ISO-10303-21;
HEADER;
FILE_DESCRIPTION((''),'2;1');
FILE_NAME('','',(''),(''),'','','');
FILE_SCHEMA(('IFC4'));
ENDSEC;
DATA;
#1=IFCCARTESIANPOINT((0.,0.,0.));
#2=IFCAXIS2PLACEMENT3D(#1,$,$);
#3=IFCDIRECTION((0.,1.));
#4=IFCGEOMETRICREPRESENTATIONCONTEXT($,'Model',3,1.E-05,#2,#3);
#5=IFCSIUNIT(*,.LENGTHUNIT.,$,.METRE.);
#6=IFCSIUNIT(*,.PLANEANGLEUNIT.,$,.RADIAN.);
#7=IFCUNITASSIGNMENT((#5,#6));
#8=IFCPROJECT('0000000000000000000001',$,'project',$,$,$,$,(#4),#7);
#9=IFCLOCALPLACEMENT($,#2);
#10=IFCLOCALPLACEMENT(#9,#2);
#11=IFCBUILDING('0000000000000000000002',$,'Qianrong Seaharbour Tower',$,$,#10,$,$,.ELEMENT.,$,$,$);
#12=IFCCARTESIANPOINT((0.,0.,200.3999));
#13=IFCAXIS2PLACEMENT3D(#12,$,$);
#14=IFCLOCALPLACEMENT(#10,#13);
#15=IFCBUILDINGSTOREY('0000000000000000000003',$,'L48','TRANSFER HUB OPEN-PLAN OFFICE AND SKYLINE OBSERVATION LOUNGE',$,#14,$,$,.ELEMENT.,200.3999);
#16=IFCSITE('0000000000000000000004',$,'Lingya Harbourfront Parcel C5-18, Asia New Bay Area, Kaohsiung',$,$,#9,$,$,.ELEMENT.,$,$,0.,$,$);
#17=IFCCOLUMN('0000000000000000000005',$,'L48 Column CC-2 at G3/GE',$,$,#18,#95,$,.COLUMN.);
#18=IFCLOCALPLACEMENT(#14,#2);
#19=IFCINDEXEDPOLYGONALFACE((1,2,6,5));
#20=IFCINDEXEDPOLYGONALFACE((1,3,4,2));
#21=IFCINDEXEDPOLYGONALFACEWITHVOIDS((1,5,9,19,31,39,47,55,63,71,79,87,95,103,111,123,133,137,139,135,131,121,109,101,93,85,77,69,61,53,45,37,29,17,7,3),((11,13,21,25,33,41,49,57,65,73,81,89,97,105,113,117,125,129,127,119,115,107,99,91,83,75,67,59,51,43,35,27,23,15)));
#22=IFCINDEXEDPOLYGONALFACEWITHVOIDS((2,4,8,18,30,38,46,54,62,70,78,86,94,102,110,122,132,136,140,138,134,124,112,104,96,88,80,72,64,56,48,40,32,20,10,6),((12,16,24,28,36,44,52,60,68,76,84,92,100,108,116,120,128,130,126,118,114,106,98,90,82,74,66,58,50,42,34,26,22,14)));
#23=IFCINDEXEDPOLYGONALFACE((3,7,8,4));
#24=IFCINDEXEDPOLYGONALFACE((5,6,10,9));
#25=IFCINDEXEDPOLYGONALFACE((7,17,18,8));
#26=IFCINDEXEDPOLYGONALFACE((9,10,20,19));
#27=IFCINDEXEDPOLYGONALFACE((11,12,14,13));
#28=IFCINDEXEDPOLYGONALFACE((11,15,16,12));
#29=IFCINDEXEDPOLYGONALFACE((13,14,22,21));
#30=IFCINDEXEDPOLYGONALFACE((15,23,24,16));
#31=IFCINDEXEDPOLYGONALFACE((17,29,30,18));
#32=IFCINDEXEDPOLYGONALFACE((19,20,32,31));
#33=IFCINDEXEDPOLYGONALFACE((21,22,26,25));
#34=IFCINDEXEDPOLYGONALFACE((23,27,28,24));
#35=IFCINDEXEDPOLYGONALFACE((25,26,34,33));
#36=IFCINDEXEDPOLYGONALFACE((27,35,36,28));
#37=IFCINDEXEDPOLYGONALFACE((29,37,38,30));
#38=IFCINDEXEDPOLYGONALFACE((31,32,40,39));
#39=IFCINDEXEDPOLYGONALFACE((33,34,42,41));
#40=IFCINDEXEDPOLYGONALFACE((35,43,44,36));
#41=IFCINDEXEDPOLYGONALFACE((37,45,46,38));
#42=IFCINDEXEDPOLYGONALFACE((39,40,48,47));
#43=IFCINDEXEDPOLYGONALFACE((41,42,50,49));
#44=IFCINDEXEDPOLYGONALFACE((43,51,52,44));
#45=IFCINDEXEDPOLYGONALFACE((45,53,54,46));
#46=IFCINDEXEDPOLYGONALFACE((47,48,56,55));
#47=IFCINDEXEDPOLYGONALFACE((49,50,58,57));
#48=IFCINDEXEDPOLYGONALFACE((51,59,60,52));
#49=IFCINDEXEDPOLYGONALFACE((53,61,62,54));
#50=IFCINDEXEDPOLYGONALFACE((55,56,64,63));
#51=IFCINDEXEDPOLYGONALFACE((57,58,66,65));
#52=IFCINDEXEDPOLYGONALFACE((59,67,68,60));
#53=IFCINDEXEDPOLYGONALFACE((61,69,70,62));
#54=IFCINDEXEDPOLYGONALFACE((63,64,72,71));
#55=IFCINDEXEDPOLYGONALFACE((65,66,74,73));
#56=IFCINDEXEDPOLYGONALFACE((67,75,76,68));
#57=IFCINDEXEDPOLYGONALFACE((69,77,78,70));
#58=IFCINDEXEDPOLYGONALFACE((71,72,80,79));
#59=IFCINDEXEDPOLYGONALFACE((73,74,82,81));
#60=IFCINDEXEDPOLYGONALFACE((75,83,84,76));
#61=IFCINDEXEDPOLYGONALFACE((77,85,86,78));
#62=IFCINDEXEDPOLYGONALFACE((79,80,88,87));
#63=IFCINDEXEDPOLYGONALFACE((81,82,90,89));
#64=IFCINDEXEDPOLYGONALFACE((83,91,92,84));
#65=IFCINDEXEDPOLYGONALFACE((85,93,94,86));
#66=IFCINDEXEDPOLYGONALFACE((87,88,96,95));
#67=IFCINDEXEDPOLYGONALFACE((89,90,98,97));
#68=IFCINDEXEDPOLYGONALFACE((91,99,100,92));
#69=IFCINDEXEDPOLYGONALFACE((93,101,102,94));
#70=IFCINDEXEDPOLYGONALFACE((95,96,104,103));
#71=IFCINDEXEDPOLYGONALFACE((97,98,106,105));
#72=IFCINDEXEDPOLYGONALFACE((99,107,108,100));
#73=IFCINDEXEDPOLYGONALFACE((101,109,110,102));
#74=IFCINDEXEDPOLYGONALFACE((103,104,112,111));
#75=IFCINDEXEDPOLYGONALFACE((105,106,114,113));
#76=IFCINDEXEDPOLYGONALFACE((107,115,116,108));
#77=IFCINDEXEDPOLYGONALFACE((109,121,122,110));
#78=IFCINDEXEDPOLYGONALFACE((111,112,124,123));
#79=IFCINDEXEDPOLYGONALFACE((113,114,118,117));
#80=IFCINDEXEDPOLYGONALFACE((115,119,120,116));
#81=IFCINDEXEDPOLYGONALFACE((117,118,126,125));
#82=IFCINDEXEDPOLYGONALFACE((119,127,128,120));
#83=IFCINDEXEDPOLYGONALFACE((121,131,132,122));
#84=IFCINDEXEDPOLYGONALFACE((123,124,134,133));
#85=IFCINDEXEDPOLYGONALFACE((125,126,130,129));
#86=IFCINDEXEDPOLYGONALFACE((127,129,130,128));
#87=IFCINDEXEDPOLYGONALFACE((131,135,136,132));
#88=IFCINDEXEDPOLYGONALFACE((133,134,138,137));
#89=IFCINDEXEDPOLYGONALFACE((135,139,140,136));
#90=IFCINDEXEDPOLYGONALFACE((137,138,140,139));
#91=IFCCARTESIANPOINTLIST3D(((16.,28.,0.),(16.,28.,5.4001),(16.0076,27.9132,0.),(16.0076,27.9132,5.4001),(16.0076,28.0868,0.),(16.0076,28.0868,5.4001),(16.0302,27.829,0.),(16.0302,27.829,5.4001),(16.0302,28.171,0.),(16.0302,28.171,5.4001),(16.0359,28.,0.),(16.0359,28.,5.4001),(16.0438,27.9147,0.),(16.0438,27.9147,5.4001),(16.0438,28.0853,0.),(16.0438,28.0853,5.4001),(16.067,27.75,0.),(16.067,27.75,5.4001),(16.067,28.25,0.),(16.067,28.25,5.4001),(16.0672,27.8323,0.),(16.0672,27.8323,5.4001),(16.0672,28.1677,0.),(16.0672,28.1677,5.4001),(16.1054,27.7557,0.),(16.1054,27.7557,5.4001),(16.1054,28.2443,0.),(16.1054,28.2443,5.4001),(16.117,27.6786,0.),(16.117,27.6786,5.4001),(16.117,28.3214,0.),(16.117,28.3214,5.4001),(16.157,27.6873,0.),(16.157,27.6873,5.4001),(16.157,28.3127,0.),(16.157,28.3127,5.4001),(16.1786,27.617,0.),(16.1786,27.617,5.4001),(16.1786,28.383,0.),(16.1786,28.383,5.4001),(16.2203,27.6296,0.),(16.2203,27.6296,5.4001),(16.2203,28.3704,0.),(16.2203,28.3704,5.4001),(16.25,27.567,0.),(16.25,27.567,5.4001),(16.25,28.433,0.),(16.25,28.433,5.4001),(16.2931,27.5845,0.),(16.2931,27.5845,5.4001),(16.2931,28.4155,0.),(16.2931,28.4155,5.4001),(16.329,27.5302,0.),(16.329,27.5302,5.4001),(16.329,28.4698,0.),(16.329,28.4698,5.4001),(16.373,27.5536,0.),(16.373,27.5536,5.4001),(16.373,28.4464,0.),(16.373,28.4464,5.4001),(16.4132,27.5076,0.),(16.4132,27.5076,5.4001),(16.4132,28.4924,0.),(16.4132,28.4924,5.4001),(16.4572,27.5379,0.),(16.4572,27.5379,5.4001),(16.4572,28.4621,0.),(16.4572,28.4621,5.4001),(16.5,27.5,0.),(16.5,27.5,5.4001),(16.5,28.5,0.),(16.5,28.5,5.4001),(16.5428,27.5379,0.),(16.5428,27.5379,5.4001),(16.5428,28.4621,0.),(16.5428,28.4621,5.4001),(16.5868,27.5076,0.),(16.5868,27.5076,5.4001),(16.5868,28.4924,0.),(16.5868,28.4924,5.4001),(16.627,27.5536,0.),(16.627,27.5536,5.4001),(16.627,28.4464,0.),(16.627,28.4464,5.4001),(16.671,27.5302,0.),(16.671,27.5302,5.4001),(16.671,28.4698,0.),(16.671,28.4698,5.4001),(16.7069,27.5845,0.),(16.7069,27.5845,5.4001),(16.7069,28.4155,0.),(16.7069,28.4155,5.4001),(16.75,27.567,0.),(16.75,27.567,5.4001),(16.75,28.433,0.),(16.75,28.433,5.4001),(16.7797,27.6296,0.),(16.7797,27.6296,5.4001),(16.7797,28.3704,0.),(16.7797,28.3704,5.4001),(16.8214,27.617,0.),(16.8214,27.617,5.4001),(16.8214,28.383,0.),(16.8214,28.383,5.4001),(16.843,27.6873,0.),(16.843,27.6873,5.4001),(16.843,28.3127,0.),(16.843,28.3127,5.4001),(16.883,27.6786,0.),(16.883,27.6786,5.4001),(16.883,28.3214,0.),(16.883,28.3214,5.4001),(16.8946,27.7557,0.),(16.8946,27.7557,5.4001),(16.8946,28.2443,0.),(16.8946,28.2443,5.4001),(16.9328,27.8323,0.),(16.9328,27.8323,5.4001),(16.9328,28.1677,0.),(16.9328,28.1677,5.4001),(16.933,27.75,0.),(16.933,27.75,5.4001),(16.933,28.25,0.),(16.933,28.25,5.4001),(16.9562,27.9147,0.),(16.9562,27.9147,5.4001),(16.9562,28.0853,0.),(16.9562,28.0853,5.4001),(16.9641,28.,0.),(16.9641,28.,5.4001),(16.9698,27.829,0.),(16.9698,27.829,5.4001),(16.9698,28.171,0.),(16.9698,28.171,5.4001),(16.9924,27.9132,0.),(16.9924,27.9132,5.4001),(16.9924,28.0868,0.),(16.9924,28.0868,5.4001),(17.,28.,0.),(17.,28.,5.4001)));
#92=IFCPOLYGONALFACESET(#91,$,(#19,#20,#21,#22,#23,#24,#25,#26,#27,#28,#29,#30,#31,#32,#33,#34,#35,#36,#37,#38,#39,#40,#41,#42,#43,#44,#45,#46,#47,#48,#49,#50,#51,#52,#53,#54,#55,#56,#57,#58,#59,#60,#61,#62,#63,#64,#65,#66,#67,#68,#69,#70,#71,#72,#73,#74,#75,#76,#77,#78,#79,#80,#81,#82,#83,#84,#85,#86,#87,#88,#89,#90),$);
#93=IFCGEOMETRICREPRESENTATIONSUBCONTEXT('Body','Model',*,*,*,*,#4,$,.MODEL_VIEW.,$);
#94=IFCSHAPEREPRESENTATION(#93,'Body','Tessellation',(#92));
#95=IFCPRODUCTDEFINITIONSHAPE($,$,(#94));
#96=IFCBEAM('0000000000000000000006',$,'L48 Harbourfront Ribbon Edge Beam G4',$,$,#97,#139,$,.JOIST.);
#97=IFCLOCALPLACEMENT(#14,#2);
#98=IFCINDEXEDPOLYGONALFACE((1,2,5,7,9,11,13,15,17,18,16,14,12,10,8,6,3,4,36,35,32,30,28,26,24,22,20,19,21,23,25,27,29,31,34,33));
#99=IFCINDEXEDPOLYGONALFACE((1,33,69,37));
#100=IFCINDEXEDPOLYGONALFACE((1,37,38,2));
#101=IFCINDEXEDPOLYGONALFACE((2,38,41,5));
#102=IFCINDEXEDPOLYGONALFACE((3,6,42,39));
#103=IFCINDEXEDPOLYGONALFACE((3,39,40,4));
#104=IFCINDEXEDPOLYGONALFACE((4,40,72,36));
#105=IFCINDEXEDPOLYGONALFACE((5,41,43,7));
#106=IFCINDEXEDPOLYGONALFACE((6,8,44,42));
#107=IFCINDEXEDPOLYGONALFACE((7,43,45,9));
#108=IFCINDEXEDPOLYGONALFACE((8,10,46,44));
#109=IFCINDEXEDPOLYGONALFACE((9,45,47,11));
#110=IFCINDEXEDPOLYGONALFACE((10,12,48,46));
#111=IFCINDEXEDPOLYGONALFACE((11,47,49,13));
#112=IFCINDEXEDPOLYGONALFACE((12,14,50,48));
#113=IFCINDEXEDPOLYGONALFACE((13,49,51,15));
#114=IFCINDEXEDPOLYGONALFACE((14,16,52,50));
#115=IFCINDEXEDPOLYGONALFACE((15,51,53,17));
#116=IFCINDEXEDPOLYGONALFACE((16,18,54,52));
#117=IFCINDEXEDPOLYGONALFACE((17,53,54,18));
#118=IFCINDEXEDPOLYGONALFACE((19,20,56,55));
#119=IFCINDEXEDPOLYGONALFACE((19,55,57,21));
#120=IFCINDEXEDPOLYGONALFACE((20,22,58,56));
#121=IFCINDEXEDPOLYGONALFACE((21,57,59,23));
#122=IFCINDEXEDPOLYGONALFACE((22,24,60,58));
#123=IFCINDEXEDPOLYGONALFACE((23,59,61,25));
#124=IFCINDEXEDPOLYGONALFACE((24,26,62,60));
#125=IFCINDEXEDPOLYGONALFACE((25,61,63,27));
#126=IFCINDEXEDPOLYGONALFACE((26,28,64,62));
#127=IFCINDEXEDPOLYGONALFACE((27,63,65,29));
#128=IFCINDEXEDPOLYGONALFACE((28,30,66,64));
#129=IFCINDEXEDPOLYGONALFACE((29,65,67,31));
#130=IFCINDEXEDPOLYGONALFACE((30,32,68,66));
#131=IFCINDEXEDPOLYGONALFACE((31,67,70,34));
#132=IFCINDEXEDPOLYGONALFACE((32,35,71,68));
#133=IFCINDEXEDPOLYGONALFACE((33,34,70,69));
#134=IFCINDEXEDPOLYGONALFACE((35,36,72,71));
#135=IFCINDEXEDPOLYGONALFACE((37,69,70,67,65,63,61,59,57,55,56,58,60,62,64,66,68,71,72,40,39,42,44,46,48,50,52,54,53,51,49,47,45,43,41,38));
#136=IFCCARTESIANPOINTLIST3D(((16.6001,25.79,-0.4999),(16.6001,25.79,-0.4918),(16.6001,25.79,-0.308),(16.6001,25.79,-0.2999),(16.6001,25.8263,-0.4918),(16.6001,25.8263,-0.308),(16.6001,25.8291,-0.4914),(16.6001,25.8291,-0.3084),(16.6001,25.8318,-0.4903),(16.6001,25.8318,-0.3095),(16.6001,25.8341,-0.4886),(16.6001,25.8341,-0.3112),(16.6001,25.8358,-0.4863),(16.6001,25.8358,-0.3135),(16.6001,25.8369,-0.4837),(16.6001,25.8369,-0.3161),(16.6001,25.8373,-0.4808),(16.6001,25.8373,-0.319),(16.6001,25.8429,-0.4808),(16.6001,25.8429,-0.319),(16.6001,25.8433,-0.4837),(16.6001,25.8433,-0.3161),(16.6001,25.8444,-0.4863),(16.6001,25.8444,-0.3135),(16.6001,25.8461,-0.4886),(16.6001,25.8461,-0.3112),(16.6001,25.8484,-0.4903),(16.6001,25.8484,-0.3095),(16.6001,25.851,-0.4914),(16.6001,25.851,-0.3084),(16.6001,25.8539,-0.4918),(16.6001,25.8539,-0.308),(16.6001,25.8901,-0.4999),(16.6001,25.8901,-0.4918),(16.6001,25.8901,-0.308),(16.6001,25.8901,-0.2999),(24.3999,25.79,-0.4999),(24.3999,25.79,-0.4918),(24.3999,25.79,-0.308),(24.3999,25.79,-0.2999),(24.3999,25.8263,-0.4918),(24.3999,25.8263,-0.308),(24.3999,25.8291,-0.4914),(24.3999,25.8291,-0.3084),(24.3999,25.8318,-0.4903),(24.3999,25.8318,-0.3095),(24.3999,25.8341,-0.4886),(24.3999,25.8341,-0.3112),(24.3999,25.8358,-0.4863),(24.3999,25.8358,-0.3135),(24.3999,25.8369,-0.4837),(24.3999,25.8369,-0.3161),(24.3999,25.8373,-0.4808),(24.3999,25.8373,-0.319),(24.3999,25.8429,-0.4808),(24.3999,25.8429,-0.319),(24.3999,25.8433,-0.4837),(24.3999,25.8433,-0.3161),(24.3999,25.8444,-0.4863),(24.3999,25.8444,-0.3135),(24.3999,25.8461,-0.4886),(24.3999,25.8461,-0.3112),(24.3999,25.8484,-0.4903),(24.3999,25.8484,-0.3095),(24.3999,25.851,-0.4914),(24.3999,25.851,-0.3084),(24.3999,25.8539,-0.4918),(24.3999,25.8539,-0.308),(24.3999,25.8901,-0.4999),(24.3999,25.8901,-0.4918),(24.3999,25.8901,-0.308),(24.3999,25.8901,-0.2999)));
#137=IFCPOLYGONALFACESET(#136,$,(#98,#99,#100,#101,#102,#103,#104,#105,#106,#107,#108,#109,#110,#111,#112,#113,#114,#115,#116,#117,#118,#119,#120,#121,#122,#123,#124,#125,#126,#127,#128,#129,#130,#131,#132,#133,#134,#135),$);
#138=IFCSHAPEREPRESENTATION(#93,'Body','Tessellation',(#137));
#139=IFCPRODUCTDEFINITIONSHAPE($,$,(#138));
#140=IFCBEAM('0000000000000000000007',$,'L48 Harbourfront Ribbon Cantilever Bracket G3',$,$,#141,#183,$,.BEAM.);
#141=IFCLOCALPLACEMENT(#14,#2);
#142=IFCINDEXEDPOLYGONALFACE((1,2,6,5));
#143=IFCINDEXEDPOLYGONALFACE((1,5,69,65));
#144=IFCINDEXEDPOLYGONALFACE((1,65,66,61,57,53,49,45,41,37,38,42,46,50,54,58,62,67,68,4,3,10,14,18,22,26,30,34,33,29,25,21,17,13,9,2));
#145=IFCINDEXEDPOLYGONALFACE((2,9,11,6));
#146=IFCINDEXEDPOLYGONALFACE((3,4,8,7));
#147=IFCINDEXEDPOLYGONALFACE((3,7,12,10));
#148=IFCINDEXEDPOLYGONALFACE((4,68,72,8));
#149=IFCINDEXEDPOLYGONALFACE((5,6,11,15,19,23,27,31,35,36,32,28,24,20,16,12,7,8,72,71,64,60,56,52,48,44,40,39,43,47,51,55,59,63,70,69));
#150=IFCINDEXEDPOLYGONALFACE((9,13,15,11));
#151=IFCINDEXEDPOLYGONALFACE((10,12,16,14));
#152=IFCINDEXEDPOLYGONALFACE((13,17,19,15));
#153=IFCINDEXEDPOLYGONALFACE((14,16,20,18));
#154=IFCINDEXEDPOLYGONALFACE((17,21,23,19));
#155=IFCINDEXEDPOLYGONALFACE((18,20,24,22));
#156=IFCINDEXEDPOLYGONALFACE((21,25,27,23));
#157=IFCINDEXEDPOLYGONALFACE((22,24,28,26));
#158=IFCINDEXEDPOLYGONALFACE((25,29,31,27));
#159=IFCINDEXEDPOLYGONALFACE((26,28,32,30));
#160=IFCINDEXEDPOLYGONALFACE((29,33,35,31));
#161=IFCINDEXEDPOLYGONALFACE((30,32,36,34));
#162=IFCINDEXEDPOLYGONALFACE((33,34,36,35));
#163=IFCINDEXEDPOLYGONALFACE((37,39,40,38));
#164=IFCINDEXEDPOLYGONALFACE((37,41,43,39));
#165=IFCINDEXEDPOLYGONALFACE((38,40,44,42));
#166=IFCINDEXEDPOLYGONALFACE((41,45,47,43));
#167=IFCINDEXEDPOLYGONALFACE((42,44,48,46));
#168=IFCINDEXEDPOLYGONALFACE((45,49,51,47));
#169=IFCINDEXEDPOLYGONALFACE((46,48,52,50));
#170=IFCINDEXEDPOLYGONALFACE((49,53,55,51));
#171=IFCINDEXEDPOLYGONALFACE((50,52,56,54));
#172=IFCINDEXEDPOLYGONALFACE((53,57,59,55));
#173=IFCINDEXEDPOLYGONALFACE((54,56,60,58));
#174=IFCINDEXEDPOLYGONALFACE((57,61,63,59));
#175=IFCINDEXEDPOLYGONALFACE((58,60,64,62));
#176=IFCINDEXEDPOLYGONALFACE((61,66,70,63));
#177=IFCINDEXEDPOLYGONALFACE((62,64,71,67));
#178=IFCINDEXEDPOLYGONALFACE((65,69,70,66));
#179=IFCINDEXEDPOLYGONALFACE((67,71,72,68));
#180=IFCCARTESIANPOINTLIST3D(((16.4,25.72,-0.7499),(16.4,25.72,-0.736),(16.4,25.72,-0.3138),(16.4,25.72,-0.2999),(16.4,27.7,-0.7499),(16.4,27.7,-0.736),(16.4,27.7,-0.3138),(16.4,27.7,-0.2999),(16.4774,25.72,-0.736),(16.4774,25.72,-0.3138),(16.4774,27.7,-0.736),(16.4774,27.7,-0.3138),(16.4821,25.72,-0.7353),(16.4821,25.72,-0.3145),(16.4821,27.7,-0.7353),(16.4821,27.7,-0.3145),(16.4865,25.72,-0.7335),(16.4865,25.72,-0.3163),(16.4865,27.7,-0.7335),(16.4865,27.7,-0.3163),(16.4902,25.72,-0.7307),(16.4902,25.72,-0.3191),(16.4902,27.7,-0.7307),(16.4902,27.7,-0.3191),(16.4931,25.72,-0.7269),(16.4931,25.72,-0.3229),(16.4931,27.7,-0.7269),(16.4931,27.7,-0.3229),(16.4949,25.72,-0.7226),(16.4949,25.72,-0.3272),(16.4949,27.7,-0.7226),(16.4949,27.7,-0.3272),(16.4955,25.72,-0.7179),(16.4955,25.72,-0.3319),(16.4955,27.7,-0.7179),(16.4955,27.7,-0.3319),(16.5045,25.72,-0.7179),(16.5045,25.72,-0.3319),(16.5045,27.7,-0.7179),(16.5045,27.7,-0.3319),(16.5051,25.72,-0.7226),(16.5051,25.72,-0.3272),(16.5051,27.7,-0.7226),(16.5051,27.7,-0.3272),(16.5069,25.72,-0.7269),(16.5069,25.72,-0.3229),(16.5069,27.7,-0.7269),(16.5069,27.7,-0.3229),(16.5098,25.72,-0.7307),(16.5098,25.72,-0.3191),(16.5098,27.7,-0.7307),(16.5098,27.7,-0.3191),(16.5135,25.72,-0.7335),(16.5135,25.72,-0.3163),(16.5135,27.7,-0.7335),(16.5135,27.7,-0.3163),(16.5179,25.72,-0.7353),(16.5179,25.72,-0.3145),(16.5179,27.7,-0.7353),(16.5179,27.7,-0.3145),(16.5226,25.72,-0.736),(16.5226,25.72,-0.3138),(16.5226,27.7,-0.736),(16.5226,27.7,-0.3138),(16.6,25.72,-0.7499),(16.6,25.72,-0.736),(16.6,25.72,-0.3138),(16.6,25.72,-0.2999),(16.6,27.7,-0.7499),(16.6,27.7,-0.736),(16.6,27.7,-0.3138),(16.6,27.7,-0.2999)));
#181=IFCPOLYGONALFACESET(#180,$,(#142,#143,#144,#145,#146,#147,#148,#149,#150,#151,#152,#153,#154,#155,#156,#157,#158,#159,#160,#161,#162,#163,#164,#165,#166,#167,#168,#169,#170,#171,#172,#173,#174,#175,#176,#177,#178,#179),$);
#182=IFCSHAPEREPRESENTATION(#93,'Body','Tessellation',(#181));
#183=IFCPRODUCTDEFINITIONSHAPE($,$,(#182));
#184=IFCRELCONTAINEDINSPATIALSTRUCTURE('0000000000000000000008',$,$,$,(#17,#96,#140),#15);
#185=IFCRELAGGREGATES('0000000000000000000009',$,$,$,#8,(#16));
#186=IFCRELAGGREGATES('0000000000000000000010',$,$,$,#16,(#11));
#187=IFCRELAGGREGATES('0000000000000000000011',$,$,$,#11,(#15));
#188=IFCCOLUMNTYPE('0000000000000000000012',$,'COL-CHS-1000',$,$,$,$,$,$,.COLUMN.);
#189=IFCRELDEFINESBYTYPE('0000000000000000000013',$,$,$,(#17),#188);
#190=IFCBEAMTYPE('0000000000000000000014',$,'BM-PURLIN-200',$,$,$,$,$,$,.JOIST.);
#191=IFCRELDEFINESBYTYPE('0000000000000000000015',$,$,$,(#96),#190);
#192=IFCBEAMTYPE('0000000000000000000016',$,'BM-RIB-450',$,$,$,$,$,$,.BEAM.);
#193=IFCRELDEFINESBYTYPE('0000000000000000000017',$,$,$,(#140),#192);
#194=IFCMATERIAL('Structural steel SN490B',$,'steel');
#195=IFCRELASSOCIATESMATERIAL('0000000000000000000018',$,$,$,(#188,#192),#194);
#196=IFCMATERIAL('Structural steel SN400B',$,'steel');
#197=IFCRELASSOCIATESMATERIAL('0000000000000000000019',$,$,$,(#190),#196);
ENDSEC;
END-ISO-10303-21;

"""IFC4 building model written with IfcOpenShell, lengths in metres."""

from ifc_helpers import new_model, si_unit, direction, frame, origin, origin_2d, place, context, subcontext, project, spatial, hollow_circle, i_section, extrude, material, material_profile, profile_set, type_object, element, save


model = new_model("IFC4")

# Units and contexts
model_context = context("Model", 3, precision=1e-05, world=origin(), true_north=direction((0.0, 1.0)))
body_context = subcontext(model_context, "Body", "Model", "MODEL_VIEW")
ifc_project = project(units=[si_unit("LENGTHUNIT", "METRE"), si_unit("PLANEANGLEUNIT", "RADIAN")], contexts=[model_context])

# Site, building, storey
site_placement = place(None, origin())
site = spatial("IfcSite", under=ifc_project, at=site_placement, Name="Lingya Harbourfront Parcel C5-18, Asia New Bay Area, Kaohsiung", CompositionType="ELEMENT", RefElevation=0.0)
building_placement = place(site_placement, origin())
building = spatial("IfcBuilding", under=site, at=building_placement, Name="Qianrong Seaharbour Tower", CompositionType="ELEMENT")
storey_placement = place(building_placement, frame((0.0, 0.0, 200.3999)))
storey = spatial("IfcBuildingStorey", under=building, at=storey_placement, Name="L48", Description="TRANSFER HUB OPEN-PLAN OFFICE AND SKYLINE OBSERVATION LOUNGE", CompositionType="ELEMENT", Elevation=200.3999)

# Column
ifc_material_1 = material(Name="Structural steel SN490B", Category="steel")
ifc_material_profile_1 = material_profile(ifc_material_1, hollow_circle(Radius=0.5, WallThickness=0.0359, at=origin_2d()), Name="CHS1000x36")
ifc_profile_set_1 = profile_set([ifc_material_profile_1], Name="Structural steel SN490B")
column_type = type_object("IfcColumnType", Name="COL-CHS-1000", PredefinedType="COLUMN", material=ifc_profile_set_1)
column_placement = place(storey_placement, frame((16.5, 28.0, 0.0), z_axis=(0.0, 0.0, 1.0), x_axis=(1.0, 0.0, 0.0)))
element("IfcColumn", 1, at=column_placement, inside=storey, type_object=column_type, Name="L48 Column CC-2 at G3/GE", PredefinedType="COLUMN", context=body_context, shape_type="SweptSolid", body=[
    extrude(hollow_circle(Radius=0.5, WallThickness=0.0359, at=origin_2d()), origin(), (0.0, 0.0, 1.0), 5.4001),
])

# Beams
ifc_material_2 = material(Name="Structural steel SN400B", Category="steel")
ifc_material_profile_2 = material_profile(ifc_material_2, i_section(OverallWidth=0.1001, OverallDepth=0.2, WebThickness=0.0056, FlangeThickness=0.0081, FilletRadius=0.011, at=origin_2d()), Name="H200x100x5.5x8")
ifc_profile_set_2 = profile_set([ifc_material_profile_2], Name="Structural steel SN400B")
beam_type_1 = type_object("IfcBeamType", Name="BM-PURLIN-200", PredefinedType="JOIST", material=ifc_profile_set_2)
beam_1_placement = place(storey_placement, frame((16.6001, 25.8401, -0.3999), z_axis=(1.0, 0.0, 0.0), x_axis=(0.0, 1.0, 0.0)))
element("IfcBeam", 2, at=beam_1_placement, inside=storey, type_object=beam_type_1, Name="L48 Harbourfront Ribbon Edge Beam G4", PredefinedType="JOIST", context=body_context, shape_type="SweptSolid", body=[
    extrude(i_section(OverallWidth=0.1001, OverallDepth=0.2, WebThickness=0.0056, FlangeThickness=0.0081, FilletRadius=0.011, at=origin_2d()), origin(), (0.0, 0.0, 1.0), 7.7998),
])
ifc_material_profile_3 = material_profile(ifc_material_1, i_section(OverallWidth=0.2, OverallDepth=0.45, WebThickness=0.009, FlangeThickness=0.0139, FilletRadius=0.0181, at=origin_2d()), Name="H450x200x9x14")
ifc_profile_set_3 = profile_set([ifc_material_profile_3], Name="Structural steel SN490B")
beam_type_2 = type_object("IfcBeamType", Name="BM-RIB-450", PredefinedType="BEAM", material=ifc_profile_set_3)
for number, where, z_axis, x_axis, name in (
    (3, (16.5, 27.7, -0.5249), (0.0, -1.0, 0.0), (1.0, 0.0, 0.0), "L48 Harbourfront Ribbon Cantilever Bracket G3"),
):
    element("IfcBeam", number, at=place(storey_placement, frame(where, z_axis=z_axis, x_axis=x_axis)), inside=storey, type_object=beam_type_2, Name=name, PredefinedType="BEAM", context=body_context, shape_type="SweptSolid", body=[
        extrude(i_section(OverallWidth=0.2, OverallDepth=0.45, WebThickness=0.009, FlangeThickness=0.0139, FilletRadius=0.0181, at=origin_2d()), origin(), (0.0, 0.0, 1.0), 1.98),
    ])

save(model, "model.ifc")
